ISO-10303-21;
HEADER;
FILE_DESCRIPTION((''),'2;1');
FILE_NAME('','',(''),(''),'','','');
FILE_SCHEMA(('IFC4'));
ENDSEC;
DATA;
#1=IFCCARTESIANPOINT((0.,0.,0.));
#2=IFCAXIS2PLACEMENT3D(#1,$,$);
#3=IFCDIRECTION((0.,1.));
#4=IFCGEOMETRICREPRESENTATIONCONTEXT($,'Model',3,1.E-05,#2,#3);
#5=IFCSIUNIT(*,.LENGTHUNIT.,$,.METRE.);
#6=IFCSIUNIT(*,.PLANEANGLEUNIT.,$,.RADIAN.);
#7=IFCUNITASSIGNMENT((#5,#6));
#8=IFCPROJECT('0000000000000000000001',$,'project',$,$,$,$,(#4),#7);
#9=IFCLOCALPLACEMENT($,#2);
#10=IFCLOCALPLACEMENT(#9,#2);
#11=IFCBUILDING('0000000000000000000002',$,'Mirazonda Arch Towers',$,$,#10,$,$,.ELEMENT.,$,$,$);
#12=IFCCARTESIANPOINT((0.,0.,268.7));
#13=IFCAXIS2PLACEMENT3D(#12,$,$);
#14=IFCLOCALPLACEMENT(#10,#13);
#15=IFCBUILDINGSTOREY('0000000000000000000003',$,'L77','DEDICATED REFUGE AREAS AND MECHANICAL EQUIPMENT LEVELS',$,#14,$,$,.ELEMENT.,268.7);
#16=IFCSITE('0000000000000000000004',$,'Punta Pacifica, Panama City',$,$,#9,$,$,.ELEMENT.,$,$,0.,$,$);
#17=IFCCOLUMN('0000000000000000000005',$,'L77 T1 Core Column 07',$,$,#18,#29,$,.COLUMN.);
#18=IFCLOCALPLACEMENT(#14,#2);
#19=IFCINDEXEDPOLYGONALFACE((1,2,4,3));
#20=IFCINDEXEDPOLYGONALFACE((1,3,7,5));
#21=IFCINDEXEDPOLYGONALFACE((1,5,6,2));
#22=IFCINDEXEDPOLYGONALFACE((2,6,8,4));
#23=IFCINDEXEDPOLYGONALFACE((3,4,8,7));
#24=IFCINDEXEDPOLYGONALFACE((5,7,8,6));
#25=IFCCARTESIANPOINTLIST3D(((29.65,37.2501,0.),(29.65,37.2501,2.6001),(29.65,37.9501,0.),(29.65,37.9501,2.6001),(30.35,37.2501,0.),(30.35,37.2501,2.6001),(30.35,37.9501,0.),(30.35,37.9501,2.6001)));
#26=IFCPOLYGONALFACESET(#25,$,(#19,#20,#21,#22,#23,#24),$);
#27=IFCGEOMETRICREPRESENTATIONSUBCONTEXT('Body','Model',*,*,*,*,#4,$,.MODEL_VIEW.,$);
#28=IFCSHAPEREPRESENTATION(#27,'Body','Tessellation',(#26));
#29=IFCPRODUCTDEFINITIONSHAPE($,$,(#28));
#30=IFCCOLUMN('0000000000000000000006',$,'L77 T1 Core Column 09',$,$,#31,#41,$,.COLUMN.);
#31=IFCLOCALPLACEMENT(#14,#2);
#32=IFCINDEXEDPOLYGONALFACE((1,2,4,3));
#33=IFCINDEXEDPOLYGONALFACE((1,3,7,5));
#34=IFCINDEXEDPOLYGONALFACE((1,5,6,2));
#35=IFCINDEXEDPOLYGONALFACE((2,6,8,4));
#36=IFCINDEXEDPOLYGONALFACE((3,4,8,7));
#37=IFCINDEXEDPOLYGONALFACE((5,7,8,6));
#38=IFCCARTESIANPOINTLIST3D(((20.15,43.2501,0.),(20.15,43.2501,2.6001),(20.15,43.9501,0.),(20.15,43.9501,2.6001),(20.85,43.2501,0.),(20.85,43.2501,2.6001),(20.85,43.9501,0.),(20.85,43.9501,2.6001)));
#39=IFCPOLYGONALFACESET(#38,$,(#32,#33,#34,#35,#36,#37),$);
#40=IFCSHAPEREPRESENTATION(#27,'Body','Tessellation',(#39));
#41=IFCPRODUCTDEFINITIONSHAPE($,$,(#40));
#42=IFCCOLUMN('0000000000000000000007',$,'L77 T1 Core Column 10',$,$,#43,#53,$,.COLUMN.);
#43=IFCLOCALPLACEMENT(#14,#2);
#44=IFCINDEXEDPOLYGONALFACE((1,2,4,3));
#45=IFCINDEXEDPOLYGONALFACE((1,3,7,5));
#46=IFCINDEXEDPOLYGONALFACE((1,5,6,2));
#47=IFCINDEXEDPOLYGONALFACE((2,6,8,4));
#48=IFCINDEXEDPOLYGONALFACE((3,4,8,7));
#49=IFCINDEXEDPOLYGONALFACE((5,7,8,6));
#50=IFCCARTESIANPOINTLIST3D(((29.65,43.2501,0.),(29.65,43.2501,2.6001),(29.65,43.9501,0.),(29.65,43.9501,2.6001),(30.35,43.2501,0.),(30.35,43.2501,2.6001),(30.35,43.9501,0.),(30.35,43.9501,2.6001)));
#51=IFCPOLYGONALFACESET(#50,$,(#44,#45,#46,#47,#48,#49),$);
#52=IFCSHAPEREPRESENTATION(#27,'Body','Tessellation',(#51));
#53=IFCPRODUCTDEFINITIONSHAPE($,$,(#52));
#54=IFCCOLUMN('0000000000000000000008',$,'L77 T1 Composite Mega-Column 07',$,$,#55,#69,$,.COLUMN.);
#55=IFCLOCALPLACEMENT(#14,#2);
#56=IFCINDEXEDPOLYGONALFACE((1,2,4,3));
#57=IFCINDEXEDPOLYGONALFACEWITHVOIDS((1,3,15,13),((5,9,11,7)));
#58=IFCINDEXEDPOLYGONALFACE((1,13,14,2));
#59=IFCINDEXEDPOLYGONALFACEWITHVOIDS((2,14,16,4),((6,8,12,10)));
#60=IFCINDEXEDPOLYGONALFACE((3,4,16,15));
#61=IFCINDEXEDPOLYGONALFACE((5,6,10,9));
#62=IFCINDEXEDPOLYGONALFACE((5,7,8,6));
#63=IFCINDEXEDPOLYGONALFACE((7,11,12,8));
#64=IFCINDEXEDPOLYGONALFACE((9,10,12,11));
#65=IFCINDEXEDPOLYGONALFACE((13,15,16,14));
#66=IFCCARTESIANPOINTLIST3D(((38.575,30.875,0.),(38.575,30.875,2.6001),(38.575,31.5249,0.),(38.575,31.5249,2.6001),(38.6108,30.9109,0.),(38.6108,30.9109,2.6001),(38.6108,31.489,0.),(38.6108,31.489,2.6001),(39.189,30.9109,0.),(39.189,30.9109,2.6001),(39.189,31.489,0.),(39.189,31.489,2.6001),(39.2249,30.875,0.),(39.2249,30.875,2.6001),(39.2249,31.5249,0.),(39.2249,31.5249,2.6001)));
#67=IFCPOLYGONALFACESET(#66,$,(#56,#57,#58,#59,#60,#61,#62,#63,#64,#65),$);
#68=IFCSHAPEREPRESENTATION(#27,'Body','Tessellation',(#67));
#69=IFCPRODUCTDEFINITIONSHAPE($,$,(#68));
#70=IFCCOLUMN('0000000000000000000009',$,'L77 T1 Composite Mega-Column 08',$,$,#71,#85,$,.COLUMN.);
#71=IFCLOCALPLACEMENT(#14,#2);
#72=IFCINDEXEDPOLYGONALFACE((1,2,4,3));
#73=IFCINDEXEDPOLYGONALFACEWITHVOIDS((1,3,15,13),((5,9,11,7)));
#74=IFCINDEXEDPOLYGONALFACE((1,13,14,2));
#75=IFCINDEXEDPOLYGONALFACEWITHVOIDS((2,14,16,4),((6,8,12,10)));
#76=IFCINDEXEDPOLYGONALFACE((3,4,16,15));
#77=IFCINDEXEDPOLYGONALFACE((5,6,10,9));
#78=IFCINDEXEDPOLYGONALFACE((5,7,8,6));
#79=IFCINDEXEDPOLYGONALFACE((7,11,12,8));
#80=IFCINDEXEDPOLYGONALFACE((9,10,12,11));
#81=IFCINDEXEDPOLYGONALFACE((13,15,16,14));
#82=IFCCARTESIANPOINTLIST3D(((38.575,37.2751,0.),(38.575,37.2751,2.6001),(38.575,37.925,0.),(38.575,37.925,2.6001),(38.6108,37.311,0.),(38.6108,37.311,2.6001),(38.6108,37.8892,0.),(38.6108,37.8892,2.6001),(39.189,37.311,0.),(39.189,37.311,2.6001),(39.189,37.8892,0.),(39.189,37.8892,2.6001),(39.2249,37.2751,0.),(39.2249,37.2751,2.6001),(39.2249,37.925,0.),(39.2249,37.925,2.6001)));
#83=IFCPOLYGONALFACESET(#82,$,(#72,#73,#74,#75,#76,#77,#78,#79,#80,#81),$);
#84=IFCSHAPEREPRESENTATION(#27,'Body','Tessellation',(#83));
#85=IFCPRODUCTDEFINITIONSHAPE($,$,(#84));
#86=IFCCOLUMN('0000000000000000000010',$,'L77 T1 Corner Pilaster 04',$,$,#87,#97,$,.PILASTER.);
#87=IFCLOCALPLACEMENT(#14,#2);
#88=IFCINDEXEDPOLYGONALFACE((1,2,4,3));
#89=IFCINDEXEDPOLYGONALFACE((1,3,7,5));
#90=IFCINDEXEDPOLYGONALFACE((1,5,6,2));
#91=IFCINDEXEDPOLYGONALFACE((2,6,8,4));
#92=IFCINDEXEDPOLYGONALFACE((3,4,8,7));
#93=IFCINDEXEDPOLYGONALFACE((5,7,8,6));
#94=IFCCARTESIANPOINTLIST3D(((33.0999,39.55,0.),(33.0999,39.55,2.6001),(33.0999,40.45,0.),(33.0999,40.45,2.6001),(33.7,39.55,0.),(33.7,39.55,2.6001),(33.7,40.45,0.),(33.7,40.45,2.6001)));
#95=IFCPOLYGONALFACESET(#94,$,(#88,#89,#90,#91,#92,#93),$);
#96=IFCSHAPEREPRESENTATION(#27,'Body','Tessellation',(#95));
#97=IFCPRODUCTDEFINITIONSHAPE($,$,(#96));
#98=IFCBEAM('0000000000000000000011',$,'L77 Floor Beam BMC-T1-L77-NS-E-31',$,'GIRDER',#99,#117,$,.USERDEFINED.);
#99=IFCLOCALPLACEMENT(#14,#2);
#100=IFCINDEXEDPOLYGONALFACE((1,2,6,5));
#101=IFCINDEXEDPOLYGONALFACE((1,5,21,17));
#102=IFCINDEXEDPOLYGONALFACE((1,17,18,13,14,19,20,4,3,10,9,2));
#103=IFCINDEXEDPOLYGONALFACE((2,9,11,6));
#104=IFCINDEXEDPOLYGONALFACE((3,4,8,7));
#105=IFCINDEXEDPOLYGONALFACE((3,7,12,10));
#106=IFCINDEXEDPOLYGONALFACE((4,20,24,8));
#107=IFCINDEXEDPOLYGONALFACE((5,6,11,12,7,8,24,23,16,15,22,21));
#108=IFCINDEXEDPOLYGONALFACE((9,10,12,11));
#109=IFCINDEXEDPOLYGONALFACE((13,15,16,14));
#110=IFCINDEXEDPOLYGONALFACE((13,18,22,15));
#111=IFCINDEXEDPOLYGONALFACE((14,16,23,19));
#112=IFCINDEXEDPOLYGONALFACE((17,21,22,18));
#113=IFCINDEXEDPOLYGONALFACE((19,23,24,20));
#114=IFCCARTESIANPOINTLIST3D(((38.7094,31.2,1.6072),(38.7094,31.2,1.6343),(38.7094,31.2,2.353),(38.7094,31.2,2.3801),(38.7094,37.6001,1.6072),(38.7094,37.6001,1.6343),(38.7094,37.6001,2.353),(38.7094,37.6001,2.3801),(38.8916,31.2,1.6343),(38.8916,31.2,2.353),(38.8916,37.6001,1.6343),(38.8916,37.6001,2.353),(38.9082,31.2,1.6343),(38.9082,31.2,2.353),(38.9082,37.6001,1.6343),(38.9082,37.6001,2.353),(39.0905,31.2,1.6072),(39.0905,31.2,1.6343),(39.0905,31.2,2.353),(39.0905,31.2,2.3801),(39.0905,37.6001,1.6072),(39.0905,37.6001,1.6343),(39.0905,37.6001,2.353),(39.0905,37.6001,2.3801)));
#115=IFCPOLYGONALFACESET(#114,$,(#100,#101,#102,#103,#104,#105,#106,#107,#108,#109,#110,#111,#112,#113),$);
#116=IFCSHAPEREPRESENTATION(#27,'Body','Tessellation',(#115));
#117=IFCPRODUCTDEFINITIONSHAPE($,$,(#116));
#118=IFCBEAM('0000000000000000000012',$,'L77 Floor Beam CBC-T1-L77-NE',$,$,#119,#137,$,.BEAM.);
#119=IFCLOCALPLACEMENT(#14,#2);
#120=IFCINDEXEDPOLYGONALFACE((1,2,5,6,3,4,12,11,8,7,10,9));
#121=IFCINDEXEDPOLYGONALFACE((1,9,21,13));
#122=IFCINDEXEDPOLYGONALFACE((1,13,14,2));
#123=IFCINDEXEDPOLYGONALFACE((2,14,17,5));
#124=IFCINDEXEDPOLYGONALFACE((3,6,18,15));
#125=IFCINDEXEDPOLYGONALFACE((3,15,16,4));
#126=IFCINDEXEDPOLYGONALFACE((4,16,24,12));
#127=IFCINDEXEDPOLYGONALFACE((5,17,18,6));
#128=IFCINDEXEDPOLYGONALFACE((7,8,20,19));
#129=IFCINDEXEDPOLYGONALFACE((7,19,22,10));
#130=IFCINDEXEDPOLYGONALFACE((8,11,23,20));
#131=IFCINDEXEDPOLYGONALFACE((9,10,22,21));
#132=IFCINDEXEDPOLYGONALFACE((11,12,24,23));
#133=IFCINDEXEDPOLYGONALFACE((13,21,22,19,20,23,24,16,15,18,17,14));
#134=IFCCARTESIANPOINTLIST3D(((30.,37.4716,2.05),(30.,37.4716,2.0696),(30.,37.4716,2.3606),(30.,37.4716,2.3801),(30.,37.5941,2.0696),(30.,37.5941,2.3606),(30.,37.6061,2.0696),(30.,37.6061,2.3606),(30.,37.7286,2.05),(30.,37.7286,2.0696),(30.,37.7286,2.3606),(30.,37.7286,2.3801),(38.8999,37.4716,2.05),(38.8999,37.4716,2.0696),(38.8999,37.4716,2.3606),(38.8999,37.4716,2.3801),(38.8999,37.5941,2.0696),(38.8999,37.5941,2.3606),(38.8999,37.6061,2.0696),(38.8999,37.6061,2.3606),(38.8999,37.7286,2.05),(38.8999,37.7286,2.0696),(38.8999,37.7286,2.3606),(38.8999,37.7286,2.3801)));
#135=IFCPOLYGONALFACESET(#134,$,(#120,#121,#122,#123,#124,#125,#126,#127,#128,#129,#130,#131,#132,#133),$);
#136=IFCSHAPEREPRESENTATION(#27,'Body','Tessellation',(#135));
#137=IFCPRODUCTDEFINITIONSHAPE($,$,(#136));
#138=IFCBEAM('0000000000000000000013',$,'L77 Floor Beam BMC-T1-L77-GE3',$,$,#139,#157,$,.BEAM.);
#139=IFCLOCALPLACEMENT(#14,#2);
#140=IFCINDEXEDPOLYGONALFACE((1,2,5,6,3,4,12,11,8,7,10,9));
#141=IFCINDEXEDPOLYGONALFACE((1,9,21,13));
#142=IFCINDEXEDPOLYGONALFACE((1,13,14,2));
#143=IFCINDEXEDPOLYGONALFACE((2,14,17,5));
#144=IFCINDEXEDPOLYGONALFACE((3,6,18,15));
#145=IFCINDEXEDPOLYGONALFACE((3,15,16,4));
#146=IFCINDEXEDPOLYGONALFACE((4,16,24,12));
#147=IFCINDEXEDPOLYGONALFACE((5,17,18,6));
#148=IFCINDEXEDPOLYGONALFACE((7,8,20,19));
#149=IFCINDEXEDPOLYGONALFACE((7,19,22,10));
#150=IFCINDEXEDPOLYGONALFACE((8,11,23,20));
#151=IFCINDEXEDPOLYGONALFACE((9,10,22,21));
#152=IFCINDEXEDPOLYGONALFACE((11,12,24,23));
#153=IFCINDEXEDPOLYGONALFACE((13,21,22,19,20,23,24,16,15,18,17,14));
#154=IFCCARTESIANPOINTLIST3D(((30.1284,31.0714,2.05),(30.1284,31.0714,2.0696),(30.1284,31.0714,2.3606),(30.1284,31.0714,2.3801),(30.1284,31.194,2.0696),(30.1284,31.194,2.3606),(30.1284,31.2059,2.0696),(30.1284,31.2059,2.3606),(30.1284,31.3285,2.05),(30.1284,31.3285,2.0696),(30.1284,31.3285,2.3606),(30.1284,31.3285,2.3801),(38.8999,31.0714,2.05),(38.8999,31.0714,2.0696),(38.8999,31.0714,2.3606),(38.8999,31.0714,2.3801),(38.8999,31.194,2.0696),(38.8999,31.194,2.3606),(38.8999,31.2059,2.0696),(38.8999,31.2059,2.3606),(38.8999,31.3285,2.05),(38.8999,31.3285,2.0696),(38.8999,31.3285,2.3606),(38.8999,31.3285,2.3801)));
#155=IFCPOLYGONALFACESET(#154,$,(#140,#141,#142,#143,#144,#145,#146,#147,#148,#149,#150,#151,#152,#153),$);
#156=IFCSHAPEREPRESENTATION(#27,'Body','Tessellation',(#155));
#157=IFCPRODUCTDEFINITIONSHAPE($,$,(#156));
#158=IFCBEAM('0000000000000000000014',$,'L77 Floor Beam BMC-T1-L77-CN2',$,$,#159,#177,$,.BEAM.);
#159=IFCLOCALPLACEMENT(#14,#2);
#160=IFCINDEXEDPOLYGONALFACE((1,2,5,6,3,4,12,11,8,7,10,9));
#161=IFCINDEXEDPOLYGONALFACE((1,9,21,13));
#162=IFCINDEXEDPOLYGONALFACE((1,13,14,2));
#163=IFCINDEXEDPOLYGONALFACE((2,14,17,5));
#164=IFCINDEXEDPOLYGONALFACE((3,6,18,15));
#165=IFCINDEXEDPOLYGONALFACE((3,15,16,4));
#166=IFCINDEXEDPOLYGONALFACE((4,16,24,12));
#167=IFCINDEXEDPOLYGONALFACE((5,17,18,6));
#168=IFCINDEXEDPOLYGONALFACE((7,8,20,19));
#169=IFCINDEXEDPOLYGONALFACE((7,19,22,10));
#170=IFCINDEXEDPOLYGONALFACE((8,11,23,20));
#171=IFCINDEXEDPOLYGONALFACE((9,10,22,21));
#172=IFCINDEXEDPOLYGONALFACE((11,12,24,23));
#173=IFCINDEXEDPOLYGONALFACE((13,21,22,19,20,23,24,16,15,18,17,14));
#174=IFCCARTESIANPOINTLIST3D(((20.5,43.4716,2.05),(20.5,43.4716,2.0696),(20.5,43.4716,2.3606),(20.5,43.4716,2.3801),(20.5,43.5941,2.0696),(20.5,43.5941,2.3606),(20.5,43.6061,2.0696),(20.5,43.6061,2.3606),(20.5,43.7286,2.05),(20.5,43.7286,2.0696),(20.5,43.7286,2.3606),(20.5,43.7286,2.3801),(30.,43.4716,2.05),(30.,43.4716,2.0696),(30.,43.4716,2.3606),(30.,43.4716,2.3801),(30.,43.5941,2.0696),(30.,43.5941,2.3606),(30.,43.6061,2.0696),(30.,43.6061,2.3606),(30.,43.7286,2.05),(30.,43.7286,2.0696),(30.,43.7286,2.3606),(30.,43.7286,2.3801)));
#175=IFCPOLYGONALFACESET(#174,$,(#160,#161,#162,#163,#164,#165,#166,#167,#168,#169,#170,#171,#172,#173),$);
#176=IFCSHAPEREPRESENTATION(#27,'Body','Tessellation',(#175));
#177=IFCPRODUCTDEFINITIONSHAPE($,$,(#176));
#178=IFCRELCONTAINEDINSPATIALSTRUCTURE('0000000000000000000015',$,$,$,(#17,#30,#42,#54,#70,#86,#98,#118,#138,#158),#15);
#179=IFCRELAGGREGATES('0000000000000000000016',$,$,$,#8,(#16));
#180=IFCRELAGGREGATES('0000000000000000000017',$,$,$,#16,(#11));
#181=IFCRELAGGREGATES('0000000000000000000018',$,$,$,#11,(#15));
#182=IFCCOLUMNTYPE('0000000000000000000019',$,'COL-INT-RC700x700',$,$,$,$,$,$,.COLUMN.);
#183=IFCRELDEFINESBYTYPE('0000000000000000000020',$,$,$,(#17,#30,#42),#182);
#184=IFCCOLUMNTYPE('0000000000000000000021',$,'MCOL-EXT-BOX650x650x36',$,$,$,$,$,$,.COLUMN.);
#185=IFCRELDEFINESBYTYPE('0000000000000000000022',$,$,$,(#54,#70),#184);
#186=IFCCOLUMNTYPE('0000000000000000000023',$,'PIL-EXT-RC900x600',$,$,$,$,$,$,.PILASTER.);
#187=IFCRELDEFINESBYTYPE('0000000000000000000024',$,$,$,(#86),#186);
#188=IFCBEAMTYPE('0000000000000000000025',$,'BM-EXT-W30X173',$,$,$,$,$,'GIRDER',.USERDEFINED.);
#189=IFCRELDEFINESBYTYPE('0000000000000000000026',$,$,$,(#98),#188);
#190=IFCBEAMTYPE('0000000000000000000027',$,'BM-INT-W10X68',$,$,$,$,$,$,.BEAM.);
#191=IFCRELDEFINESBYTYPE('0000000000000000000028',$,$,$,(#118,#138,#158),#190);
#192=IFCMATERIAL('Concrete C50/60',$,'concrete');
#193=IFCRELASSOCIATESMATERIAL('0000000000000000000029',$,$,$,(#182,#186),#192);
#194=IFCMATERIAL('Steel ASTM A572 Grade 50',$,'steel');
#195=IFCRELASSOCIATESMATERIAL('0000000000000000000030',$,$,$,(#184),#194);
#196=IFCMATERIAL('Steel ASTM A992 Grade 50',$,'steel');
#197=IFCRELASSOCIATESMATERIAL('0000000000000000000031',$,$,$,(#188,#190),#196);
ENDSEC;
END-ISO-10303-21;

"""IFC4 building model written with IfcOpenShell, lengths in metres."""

from ifc_helpers import new_model, si_unit, direction, frame, origin, origin_2d, place, context, subcontext, project, spatial, rectangle, hollow_rectangle, i_section, extrude, material, material_profile, profile_set, type_object, element, save


model = new_model("IFC4")

# Units and contexts
model_context = context("Model", 3, precision=1e-05, world=origin(), true_north=direction((0.0, 1.0)))
body_context = subcontext(model_context, "Body", "Model", "MODEL_VIEW")
ifc_project = project(units=[si_unit("LENGTHUNIT", "METRE"), si_unit("PLANEANGLEUNIT", "RADIAN")], contexts=[model_context])

# Site, building, storey
site_placement = place(None, origin())
site = spatial("IfcSite", under=ifc_project, at=site_placement, Name="Punta Pacifica, Panama City", CompositionType="ELEMENT", RefElevation=0.0)
building_placement = place(site_placement, origin())
building = spatial("IfcBuilding", under=site, at=building_placement, Name="Mirazonda Arch Towers", CompositionType="ELEMENT")
storey_placement = place(building_placement, frame((0.0, 0.0, 268.7)))
storey = spatial("IfcBuildingStorey", under=building, at=storey_placement, Name="L77", Description="DEDICATED REFUGE AREAS AND MECHANICAL EQUIPMENT LEVELS", CompositionType="ELEMENT", Elevation=268.7)

# Columns
ifc_material_1 = material(Name="Concrete C50/60", Category="concrete")
ifc_material_profile_1 = material_profile(ifc_material_1, rectangle(XDim=0.7, YDim=0.7, at=origin_2d()), Name="RC700x700")
ifc_profile_set_1 = profile_set([ifc_material_profile_1], Name="Concrete C50/60")
column_type_1 = type_object("IfcColumnType", Name="COL-INT-RC700x700", PredefinedType="COLUMN", material=ifc_profile_set_1)
for number, where, z_axis, x_axis, name in (
    (1, (30.0, 37.6001, 0.0), (0.0, 0.0, 1.0), (1.0, 0.0, 0.0), "L77 T1 Core Column 07"),
    (2, (20.5, 43.6001, 0.0), (0.0, 0.0, 1.0), (1.0, 0.0, 0.0), "L77 T1 Core Column 09"),
    (3, (30.0, 43.6001, 0.0), (0.0, 0.0, 1.0), (1.0, 0.0, 0.0), "L77 T1 Core Column 10"),
):
    element("IfcColumn", number, at=place(storey_placement, frame(where, z_axis=z_axis, x_axis=x_axis)), inside=storey, type_object=column_type_1, Name=name, PredefinedType="COLUMN", context=body_context, shape_type="SweptSolid", body=[
        extrude(rectangle(XDim=0.7, YDim=0.7, at=origin_2d()), origin(), (0.0, 0.0, 1.0), 2.6001),
    ])
ifc_material_2 = material(Name="Steel ASTM A572 Grade 50", Category="steel")
ifc_material_profile_2 = material_profile(ifc_material_2, hollow_rectangle(XDim=0.6499, YDim=0.6499, WallThickness=0.0359, at=origin_2d()), Name="BOX650x650x36")
ifc_profile_set_2 = profile_set([ifc_material_profile_2], Name="Steel ASTM A572 Grade 50")
column_type_2 = type_object("IfcColumnType", Name="MCOL-EXT-BOX650x650x36", PredefinedType="COLUMN", material=ifc_profile_set_2)
for number, where, z_axis, x_axis, name in (
    (4, (38.8999, 31.2, 0.0), (0.0, 0.0, 1.0), (1.0, 0.0, 0.0), "L77 T1 Composite Mega-Column 07"),
    (5, (38.8999, 37.6001, 0.0), (0.0, 0.0, 1.0), (1.0, 0.0, 0.0), "L77 T1 Composite Mega-Column 08"),
):
    element("IfcColumn", number, at=place(storey_placement, frame(where, z_axis=z_axis, x_axis=x_axis)), inside=storey, type_object=column_type_2, Name=name, PredefinedType="COLUMN", context=body_context, shape_type="SweptSolid", body=[
        extrude(hollow_rectangle(XDim=0.6499, YDim=0.6499, WallThickness=0.0359, at=origin_2d()), origin(), (0.0, 0.0, 1.0), 2.6001),
    ])
ifc_material_profile_3 = material_profile(ifc_material_1, rectangle(XDim=0.6001, YDim=0.8999, at=origin_2d()), Name="RC900x600")
ifc_profile_set_3 = profile_set([ifc_material_profile_3], Name="Concrete C50/60")
column_type_3 = type_object("IfcColumnType", Name="PIL-EXT-RC900x600", PredefinedType="PILASTER", material=ifc_profile_set_3)
column_placement = place(storey_placement, frame((33.3999, 40.0, 0.0), z_axis=(0.0, 0.0, 1.0), x_axis=(1.0, 0.0, 0.0)))
element("IfcColumn", 6, at=column_placement, inside=storey, type_object=column_type_3, Name="L77 T1 Corner Pilaster 04", PredefinedType="PILASTER", context=body_context, shape_type="SweptSolid", body=[
    extrude(rectangle(XDim=0.6001, YDim=0.8999, at=origin_2d()), origin(), (0.0, 0.0, 1.0), 2.6001),
])

# Beams
ifc_material_3 = material(Name="Steel ASTM A992 Grade 50", Category="steel")
ifc_material_profile_4 = material_profile(ifc_material_3, i_section(OverallWidth=0.3811, OverallDepth=0.7729, WebThickness=0.0166, FlangeThickness=0.0271, at=origin_2d()), Name="W30X173")
ifc_profile_set_4 = profile_set([ifc_material_profile_4], Name="Steel ASTM A992 Grade 50")
beam_type_1 = type_object("IfcBeamType", Name="BM-EXT-W30X173", ElementType="GIRDER", PredefinedType="USERDEFINED", material=ifc_profile_set_4)
beam_1_placement = place(storey_placement, frame((38.8999, 31.2, 1.9937), z_axis=(0.0, 1.0, 0.0), x_axis=(-1.0, 0.0, 0.0)))
element("IfcBeam", 7, at=beam_1_placement, inside=storey, type_object=beam_type_1, Name="L77 Floor Beam BMC-T1-L77-NS-E-31", ObjectType="GIRDER", PredefinedType="USERDEFINED", context=body_context, shape_type="SweptSolid", body=[
    extrude(i_section(OverallWidth=0.3811, OverallDepth=0.7729, WebThickness=0.0166, FlangeThickness=0.0271, at=origin_2d()), origin(), (0.0, 0.0, 1.0), 6.4001),
])
ifc_material_profile_5 = material_profile(ifc_material_3, i_section(OverallWidth=0.2571, OverallDepth=0.3301, WebThickness=0.012, FlangeThickness=0.0195, at=origin_2d()), Name="W10X68")
ifc_profile_set_5 = profile_set([ifc_material_profile_5], Name="Steel ASTM A992 Grade 50")
beam_type_2 = type_object("IfcBeamType", Name="BM-INT-W10X68", PredefinedType="BEAM", material=ifc_profile_set_5)
beam_2_placement = place(storey_placement, frame((30.0, 37.6001, 2.2151), z_axis=(1.0, 0.0, 0.0), x_axis=(0.0, 1.0, 0.0)))
element("IfcBeam", 8, at=beam_2_placement, inside=storey, type_object=beam_type_2, Name="L77 Floor Beam CBC-T1-L77-NE", PredefinedType="BEAM", context=body_context, shape_type="SweptSolid", body=[
    extrude(i_section(OverallWidth=0.2571, OverallDepth=0.3301, WebThickness=0.012, FlangeThickness=0.0195, at=origin_2d()), origin(), (0.0, 0.0, 1.0), 8.8999),
])
beam_3_placement = place(storey_placement, frame((30.1284, 31.2, 2.2151), z_axis=(1.0, 0.0, 0.0), x_axis=(0.0, 1.0, 0.0)))
element("IfcBeam", 9, at=beam_3_placement, inside=storey, type_object=beam_type_2, Name="L77 Floor Beam BMC-T1-L77-GE3", PredefinedType="BEAM", context=body_context, shape_type="SweptSolid", body=[
    extrude(i_section(OverallWidth=0.2571, OverallDepth=0.3301, WebThickness=0.012, FlangeThickness=0.0195, at=origin_2d()), origin(), (0.0, 0.0, 1.0), 8.7715),
])
beam_4_placement = place(storey_placement, frame((20.5, 43.6001, 2.2151), z_axis=(1.0, 0.0, 0.0), x_axis=(0.0, 1.0, 0.0)))
element("IfcBeam", 10, at=beam_4_placement, inside=storey, type_object=beam_type_2, Name="L77 Floor Beam BMC-T1-L77-CN2", PredefinedType="BEAM", context=body_context, shape_type="SweptSolid", body=[
    extrude(i_section(OverallWidth=0.2571, OverallDepth=0.3301, WebThickness=0.012, FlangeThickness=0.0195, at=origin_2d()), origin(), (0.0, 0.0, 1.0), 9.5),
])

save(model, "model.ifc")
